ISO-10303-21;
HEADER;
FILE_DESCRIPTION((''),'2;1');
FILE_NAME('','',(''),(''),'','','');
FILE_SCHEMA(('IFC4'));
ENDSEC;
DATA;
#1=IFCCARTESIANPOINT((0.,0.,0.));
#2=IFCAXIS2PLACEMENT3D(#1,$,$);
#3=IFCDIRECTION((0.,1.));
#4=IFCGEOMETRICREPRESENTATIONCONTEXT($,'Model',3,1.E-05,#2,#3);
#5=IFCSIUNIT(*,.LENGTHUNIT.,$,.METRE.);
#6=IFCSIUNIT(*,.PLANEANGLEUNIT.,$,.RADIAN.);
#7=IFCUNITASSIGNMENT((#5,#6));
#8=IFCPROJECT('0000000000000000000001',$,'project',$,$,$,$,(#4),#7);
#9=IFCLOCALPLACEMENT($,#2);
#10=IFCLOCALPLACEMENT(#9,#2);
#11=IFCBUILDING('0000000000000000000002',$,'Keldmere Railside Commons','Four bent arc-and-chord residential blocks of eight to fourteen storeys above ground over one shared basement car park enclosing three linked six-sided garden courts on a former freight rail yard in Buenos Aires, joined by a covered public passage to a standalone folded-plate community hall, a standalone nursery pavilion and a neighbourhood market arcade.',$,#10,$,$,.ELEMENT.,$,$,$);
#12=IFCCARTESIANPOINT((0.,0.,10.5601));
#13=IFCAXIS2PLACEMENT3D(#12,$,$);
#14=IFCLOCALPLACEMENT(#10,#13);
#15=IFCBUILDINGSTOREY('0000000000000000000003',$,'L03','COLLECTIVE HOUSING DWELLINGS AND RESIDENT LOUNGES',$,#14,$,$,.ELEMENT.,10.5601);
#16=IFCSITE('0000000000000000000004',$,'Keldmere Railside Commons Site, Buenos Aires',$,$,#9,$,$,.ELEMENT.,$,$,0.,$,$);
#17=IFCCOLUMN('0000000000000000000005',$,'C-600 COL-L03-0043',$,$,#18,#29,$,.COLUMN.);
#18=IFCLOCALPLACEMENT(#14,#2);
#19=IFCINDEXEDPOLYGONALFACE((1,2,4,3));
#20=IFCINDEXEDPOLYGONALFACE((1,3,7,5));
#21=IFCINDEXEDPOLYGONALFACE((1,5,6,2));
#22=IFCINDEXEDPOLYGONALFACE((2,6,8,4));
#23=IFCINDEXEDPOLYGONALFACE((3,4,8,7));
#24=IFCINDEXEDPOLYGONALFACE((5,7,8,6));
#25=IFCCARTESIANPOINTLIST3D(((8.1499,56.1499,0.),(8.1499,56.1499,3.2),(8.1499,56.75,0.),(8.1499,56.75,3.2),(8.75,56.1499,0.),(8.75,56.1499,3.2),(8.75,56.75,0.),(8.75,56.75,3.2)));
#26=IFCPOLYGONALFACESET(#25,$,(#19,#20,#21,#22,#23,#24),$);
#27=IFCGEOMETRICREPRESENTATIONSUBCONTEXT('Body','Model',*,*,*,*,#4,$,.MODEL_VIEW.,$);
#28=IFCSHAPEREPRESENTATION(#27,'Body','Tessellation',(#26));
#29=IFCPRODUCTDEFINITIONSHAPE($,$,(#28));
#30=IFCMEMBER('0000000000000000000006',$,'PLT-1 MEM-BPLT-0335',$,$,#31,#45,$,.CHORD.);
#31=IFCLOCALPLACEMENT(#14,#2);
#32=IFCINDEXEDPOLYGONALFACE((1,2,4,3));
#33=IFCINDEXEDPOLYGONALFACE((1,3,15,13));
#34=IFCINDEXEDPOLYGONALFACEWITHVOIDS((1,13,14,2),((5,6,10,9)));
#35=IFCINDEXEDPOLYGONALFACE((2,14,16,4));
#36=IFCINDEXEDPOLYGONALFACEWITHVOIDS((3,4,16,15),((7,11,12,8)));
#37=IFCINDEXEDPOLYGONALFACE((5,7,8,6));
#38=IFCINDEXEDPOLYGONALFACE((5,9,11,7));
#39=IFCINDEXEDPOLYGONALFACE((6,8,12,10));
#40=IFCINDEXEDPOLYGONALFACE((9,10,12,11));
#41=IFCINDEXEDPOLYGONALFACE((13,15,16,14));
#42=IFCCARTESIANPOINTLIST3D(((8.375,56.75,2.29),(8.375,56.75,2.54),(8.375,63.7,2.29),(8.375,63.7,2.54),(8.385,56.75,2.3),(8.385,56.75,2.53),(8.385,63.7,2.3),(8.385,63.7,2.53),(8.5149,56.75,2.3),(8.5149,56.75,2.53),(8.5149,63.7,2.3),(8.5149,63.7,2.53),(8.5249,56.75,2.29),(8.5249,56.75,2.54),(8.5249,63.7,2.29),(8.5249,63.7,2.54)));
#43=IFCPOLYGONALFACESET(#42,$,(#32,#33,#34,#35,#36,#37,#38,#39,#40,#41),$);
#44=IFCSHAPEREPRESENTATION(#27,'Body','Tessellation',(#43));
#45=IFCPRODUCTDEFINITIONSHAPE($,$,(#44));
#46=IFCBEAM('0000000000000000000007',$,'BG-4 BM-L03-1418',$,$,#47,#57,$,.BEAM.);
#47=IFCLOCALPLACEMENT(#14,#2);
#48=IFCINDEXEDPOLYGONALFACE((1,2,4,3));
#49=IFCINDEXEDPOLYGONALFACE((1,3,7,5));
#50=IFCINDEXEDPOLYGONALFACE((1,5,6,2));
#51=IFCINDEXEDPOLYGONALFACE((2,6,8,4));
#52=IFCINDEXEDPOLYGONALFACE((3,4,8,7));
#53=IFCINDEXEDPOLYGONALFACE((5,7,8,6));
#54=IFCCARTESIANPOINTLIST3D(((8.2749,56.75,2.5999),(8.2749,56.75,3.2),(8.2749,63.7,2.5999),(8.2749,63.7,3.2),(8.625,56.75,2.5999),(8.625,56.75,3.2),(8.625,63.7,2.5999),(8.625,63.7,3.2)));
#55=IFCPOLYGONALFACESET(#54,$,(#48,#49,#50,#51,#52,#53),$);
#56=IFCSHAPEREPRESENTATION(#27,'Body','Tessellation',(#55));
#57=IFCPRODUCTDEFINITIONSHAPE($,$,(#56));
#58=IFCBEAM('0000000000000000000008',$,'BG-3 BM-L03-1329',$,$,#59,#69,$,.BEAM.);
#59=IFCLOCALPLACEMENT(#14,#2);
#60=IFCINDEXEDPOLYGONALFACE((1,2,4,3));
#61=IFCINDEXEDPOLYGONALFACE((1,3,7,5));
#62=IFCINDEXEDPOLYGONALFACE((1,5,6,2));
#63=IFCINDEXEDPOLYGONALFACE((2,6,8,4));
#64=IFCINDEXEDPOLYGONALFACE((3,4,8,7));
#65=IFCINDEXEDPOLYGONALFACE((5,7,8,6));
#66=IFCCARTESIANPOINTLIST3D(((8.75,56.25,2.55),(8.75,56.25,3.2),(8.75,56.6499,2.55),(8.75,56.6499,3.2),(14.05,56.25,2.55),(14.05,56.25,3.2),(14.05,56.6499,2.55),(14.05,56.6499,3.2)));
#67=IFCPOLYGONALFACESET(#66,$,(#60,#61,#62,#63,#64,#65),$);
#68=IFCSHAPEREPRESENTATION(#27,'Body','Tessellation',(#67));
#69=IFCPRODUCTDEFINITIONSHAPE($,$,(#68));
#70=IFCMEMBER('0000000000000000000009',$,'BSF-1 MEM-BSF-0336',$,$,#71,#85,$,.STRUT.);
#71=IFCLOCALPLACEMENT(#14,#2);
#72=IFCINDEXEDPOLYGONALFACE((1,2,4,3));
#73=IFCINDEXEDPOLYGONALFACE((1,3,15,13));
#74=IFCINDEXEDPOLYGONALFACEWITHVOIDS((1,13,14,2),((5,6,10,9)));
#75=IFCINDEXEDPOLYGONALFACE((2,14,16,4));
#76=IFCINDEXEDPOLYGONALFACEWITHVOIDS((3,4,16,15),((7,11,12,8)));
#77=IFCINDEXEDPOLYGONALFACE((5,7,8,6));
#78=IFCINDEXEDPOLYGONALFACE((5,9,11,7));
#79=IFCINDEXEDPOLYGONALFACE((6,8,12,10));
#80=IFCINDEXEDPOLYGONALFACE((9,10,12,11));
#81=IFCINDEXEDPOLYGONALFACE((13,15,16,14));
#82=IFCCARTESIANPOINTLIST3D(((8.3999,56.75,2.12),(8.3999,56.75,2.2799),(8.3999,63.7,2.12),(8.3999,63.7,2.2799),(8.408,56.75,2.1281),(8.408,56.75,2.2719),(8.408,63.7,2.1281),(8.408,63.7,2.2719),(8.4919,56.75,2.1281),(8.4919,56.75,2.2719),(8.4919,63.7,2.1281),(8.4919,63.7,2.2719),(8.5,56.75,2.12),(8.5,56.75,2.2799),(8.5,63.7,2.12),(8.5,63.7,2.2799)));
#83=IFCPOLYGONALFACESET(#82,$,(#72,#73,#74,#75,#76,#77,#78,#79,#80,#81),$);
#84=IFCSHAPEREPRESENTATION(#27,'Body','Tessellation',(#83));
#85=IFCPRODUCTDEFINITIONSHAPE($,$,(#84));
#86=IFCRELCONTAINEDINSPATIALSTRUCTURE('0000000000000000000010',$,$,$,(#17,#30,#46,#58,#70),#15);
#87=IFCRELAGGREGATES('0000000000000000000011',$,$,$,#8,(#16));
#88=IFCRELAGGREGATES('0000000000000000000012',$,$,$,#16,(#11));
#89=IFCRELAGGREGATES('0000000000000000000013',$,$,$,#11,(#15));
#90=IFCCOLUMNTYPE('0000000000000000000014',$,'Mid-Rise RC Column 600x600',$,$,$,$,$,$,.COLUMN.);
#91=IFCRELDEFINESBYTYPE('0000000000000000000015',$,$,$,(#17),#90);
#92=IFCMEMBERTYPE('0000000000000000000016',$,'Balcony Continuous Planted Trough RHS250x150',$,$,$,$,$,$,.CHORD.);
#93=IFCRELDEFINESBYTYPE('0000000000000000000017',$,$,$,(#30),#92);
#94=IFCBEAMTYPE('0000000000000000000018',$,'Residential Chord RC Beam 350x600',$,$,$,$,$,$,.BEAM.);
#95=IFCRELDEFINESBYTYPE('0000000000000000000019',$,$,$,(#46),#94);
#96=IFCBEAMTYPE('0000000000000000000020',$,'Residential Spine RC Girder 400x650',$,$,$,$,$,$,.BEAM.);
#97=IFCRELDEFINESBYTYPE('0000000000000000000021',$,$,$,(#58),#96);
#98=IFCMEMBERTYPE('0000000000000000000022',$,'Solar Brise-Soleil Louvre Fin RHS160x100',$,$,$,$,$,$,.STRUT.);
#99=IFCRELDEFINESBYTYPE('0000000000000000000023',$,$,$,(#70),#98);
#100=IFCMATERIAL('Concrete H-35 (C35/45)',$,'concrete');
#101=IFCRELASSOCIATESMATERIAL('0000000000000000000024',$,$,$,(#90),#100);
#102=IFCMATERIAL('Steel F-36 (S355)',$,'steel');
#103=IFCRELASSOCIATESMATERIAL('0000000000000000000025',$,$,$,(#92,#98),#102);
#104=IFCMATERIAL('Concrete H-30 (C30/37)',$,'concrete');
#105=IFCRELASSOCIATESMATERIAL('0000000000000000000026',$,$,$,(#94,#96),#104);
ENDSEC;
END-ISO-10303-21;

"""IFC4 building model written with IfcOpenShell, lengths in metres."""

from ifc_helpers import new_model, si_unit, direction, frame, origin, origin_2d, place, context, subcontext, project, spatial, rectangle, hollow_rectangle, extrude, material, material_profile, profile_set, type_object, element, save


model = new_model("IFC4")

# Units and contexts
model_context = context("Model", 3, precision=1e-05, world=origin(), true_north=direction((0.0, 1.0)))
body_context = subcontext(model_context, "Body", "Model", "MODEL_VIEW")
ifc_project = project(units=[si_unit("LENGTHUNIT", "METRE"), si_unit("PLANEANGLEUNIT", "RADIAN")], contexts=[model_context])

# Site, building, storey
site_placement = place(None, origin())
site = spatial("IfcSite", under=ifc_project, at=site_placement, Name="Keldmere Railside Commons Site, Buenos Aires", CompositionType="ELEMENT", RefElevation=0.0)
building_placement = place(site_placement, origin())
building = spatial("IfcBuilding", under=site, at=building_placement, Name="Keldmere Railside Commons", Description="Four bent arc-and-chord residential blocks of eight to fourteen storeys above ground over one shared basement car park enclosing three linked six-sided garden courts on a former freight rail yard in Buenos Aires, joined by a covered public passage to a standalone folded-plate community hall, a standalone nursery pavilion and a neighbourhood market arcade.", CompositionType="ELEMENT")
storey_placement = place(building_placement, frame((0.0, 0.0, 10.5601)))
storey = spatial("IfcBuildingStorey", under=building, at=storey_placement, Name="L03", Description="COLLECTIVE HOUSING DWELLINGS AND RESIDENT LOUNGES", CompositionType="ELEMENT", Elevation=10.5601)

# Column
ifc_material_1 = material(Name="Concrete H-35 (C35/45)", Category="concrete")
ifc_material_profile_1 = material_profile(ifc_material_1, rectangle(XDim=0.6001, YDim=0.6001, at=origin_2d()), Name="RC-600x600")
ifc_profile_set_1 = profile_set([ifc_material_profile_1], Name="Concrete H-35 (C35/45)")
column_type = type_object("IfcColumnType", Name="Mid-Rise RC Column 600x600", PredefinedType="COLUMN", material=ifc_profile_set_1)
column_placement = place(storey_placement, frame((8.45, 56.45, 0.0), z_axis=(0.0, 0.0, 1.0), x_axis=(1.0, 0.0, 0.0)))
element("IfcColumn", 1, at=column_placement, inside=storey, type_object=column_type, Name="C-600 COL-L03-0043", PredefinedType="COLUMN", context=body_context, shape_type="SweptSolid", body=[
    extrude(rectangle(XDim=0.6001, YDim=0.6001, at=origin_2d()), origin(), (0.0, 0.0, 1.0), 3.2),
])

# Member
ifc_material_2 = material(Name="Steel F-36 (S355)", Category="steel")
ifc_material_profile_2 = material_profile(ifc_material_2, hollow_rectangle(XDim=0.1499, YDim=0.25, WallThickness=0.01, at=origin_2d()), Name="RHS-250x150x10")
ifc_profile_set_2 = profile_set([ifc_material_profile_2], Name="Steel F-36 (S355)")
member_type_1 = type_object("IfcMemberType", Name="Balcony Continuous Planted Trough RHS250x150", PredefinedType="CHORD", material=ifc_profile_set_2)
member_1_placement = place(storey_placement, frame((8.45, 56.75, 2.415), z_axis=(0.0, 1.0, 0.0), x_axis=(-1.0, 0.0, 0.0)))
element("IfcMember", 2, at=member_1_placement, inside=storey, type_object=member_type_1, Name="PLT-1 MEM-BPLT-0335", PredefinedType="CHORD", context=body_context, shape_type="SweptSolid", body=[
    extrude(hollow_rectangle(XDim=0.1499, YDim=0.25, WallThickness=0.01, at=origin_2d()), origin(), (0.0, 0.0, 1.0), 6.95),
])

# Beams
ifc_material_3 = material(Name="Concrete H-30 (C30/37)", Category="concrete")
ifc_material_profile_3 = material_profile(ifc_material_3, rectangle(XDim=0.3501, YDim=0.6001, at=origin_2d()), Name="RC-350x600")
ifc_profile_set_3 = profile_set([ifc_material_profile_3], Name="Concrete H-30 (C30/37)")
beam_type_1 = type_object("IfcBeamType", Name="Residential Chord RC Beam 350x600", PredefinedType="BEAM", material=ifc_profile_set_3)
beam_1_placement = place(storey_placement, frame((8.45, 56.75, 2.8999), z_axis=(0.0, 1.0, 0.0), x_axis=(-1.0, 0.0, 0.0)))
element("IfcBeam", 3, at=beam_1_placement, inside=storey, type_object=beam_type_1, Name="BG-4 BM-L03-1418", PredefinedType="BEAM", context=body_context, shape_type="SweptSolid", body=[
    extrude(rectangle(XDim=0.3501, YDim=0.6001, at=origin_2d()), origin(), (0.0, 0.0, 1.0), 6.95),
])
ifc_material_profile_4 = material_profile(ifc_material_3, rectangle(XDim=0.3999, YDim=0.6499, at=origin_2d()), Name="RC-400x650")
ifc_profile_set_4 = profile_set([ifc_material_profile_4], Name="Concrete H-30 (C30/37)")
beam_type_2 = type_object("IfcBeamType", Name="Residential Spine RC Girder 400x650", PredefinedType="BEAM", material=ifc_profile_set_4)
beam_2_placement = place(storey_placement, frame((8.75, 56.45, 2.875), z_axis=(1.0, 0.0, 0.0), x_axis=(0.0, 1.0, 0.0)))
element("IfcBeam", 4, at=beam_2_placement, inside=storey, type_object=beam_type_2, Name="BG-3 BM-L03-1329", PredefinedType="BEAM", context=body_context, shape_type="SweptSolid", body=[
    extrude(rectangle(XDim=0.3999, YDim=0.6499, at=origin_2d()), origin(), (0.0, 0.0, 1.0), 5.3),
])

# Member
ifc_material_profile_5 = material_profile(ifc_material_2, hollow_rectangle(XDim=0.1001, YDim=0.1599, WallThickness=0.0081, at=origin_2d()), Name="RHS-160x100x8")
ifc_profile_set_5 = profile_set([ifc_material_profile_5], Name="Steel F-36 (S355)")
member_type_2 = type_object("IfcMemberType", Name="Solar Brise-Soleil Louvre Fin RHS160x100", PredefinedType="STRUT", material=ifc_profile_set_5)
member_2_placement = place(storey_placement, frame((8.45, 56.75, 2.2), z_axis=(0.0, 1.0, 0.0), x_axis=(-1.0, 0.0, 0.0)))
element("IfcMember", 5, at=member_2_placement, inside=storey, type_object=member_type_2, Name="BSF-1 MEM-BSF-0336", PredefinedType="STRUT", context=body_context, shape_type="SweptSolid", body=[
    extrude(hollow_rectangle(XDim=0.1001, YDim=0.1599, WallThickness=0.0081, at=origin_2d()), origin(), (0.0, 0.0, 1.0), 6.95),
])

save(model, "model.ifc")
